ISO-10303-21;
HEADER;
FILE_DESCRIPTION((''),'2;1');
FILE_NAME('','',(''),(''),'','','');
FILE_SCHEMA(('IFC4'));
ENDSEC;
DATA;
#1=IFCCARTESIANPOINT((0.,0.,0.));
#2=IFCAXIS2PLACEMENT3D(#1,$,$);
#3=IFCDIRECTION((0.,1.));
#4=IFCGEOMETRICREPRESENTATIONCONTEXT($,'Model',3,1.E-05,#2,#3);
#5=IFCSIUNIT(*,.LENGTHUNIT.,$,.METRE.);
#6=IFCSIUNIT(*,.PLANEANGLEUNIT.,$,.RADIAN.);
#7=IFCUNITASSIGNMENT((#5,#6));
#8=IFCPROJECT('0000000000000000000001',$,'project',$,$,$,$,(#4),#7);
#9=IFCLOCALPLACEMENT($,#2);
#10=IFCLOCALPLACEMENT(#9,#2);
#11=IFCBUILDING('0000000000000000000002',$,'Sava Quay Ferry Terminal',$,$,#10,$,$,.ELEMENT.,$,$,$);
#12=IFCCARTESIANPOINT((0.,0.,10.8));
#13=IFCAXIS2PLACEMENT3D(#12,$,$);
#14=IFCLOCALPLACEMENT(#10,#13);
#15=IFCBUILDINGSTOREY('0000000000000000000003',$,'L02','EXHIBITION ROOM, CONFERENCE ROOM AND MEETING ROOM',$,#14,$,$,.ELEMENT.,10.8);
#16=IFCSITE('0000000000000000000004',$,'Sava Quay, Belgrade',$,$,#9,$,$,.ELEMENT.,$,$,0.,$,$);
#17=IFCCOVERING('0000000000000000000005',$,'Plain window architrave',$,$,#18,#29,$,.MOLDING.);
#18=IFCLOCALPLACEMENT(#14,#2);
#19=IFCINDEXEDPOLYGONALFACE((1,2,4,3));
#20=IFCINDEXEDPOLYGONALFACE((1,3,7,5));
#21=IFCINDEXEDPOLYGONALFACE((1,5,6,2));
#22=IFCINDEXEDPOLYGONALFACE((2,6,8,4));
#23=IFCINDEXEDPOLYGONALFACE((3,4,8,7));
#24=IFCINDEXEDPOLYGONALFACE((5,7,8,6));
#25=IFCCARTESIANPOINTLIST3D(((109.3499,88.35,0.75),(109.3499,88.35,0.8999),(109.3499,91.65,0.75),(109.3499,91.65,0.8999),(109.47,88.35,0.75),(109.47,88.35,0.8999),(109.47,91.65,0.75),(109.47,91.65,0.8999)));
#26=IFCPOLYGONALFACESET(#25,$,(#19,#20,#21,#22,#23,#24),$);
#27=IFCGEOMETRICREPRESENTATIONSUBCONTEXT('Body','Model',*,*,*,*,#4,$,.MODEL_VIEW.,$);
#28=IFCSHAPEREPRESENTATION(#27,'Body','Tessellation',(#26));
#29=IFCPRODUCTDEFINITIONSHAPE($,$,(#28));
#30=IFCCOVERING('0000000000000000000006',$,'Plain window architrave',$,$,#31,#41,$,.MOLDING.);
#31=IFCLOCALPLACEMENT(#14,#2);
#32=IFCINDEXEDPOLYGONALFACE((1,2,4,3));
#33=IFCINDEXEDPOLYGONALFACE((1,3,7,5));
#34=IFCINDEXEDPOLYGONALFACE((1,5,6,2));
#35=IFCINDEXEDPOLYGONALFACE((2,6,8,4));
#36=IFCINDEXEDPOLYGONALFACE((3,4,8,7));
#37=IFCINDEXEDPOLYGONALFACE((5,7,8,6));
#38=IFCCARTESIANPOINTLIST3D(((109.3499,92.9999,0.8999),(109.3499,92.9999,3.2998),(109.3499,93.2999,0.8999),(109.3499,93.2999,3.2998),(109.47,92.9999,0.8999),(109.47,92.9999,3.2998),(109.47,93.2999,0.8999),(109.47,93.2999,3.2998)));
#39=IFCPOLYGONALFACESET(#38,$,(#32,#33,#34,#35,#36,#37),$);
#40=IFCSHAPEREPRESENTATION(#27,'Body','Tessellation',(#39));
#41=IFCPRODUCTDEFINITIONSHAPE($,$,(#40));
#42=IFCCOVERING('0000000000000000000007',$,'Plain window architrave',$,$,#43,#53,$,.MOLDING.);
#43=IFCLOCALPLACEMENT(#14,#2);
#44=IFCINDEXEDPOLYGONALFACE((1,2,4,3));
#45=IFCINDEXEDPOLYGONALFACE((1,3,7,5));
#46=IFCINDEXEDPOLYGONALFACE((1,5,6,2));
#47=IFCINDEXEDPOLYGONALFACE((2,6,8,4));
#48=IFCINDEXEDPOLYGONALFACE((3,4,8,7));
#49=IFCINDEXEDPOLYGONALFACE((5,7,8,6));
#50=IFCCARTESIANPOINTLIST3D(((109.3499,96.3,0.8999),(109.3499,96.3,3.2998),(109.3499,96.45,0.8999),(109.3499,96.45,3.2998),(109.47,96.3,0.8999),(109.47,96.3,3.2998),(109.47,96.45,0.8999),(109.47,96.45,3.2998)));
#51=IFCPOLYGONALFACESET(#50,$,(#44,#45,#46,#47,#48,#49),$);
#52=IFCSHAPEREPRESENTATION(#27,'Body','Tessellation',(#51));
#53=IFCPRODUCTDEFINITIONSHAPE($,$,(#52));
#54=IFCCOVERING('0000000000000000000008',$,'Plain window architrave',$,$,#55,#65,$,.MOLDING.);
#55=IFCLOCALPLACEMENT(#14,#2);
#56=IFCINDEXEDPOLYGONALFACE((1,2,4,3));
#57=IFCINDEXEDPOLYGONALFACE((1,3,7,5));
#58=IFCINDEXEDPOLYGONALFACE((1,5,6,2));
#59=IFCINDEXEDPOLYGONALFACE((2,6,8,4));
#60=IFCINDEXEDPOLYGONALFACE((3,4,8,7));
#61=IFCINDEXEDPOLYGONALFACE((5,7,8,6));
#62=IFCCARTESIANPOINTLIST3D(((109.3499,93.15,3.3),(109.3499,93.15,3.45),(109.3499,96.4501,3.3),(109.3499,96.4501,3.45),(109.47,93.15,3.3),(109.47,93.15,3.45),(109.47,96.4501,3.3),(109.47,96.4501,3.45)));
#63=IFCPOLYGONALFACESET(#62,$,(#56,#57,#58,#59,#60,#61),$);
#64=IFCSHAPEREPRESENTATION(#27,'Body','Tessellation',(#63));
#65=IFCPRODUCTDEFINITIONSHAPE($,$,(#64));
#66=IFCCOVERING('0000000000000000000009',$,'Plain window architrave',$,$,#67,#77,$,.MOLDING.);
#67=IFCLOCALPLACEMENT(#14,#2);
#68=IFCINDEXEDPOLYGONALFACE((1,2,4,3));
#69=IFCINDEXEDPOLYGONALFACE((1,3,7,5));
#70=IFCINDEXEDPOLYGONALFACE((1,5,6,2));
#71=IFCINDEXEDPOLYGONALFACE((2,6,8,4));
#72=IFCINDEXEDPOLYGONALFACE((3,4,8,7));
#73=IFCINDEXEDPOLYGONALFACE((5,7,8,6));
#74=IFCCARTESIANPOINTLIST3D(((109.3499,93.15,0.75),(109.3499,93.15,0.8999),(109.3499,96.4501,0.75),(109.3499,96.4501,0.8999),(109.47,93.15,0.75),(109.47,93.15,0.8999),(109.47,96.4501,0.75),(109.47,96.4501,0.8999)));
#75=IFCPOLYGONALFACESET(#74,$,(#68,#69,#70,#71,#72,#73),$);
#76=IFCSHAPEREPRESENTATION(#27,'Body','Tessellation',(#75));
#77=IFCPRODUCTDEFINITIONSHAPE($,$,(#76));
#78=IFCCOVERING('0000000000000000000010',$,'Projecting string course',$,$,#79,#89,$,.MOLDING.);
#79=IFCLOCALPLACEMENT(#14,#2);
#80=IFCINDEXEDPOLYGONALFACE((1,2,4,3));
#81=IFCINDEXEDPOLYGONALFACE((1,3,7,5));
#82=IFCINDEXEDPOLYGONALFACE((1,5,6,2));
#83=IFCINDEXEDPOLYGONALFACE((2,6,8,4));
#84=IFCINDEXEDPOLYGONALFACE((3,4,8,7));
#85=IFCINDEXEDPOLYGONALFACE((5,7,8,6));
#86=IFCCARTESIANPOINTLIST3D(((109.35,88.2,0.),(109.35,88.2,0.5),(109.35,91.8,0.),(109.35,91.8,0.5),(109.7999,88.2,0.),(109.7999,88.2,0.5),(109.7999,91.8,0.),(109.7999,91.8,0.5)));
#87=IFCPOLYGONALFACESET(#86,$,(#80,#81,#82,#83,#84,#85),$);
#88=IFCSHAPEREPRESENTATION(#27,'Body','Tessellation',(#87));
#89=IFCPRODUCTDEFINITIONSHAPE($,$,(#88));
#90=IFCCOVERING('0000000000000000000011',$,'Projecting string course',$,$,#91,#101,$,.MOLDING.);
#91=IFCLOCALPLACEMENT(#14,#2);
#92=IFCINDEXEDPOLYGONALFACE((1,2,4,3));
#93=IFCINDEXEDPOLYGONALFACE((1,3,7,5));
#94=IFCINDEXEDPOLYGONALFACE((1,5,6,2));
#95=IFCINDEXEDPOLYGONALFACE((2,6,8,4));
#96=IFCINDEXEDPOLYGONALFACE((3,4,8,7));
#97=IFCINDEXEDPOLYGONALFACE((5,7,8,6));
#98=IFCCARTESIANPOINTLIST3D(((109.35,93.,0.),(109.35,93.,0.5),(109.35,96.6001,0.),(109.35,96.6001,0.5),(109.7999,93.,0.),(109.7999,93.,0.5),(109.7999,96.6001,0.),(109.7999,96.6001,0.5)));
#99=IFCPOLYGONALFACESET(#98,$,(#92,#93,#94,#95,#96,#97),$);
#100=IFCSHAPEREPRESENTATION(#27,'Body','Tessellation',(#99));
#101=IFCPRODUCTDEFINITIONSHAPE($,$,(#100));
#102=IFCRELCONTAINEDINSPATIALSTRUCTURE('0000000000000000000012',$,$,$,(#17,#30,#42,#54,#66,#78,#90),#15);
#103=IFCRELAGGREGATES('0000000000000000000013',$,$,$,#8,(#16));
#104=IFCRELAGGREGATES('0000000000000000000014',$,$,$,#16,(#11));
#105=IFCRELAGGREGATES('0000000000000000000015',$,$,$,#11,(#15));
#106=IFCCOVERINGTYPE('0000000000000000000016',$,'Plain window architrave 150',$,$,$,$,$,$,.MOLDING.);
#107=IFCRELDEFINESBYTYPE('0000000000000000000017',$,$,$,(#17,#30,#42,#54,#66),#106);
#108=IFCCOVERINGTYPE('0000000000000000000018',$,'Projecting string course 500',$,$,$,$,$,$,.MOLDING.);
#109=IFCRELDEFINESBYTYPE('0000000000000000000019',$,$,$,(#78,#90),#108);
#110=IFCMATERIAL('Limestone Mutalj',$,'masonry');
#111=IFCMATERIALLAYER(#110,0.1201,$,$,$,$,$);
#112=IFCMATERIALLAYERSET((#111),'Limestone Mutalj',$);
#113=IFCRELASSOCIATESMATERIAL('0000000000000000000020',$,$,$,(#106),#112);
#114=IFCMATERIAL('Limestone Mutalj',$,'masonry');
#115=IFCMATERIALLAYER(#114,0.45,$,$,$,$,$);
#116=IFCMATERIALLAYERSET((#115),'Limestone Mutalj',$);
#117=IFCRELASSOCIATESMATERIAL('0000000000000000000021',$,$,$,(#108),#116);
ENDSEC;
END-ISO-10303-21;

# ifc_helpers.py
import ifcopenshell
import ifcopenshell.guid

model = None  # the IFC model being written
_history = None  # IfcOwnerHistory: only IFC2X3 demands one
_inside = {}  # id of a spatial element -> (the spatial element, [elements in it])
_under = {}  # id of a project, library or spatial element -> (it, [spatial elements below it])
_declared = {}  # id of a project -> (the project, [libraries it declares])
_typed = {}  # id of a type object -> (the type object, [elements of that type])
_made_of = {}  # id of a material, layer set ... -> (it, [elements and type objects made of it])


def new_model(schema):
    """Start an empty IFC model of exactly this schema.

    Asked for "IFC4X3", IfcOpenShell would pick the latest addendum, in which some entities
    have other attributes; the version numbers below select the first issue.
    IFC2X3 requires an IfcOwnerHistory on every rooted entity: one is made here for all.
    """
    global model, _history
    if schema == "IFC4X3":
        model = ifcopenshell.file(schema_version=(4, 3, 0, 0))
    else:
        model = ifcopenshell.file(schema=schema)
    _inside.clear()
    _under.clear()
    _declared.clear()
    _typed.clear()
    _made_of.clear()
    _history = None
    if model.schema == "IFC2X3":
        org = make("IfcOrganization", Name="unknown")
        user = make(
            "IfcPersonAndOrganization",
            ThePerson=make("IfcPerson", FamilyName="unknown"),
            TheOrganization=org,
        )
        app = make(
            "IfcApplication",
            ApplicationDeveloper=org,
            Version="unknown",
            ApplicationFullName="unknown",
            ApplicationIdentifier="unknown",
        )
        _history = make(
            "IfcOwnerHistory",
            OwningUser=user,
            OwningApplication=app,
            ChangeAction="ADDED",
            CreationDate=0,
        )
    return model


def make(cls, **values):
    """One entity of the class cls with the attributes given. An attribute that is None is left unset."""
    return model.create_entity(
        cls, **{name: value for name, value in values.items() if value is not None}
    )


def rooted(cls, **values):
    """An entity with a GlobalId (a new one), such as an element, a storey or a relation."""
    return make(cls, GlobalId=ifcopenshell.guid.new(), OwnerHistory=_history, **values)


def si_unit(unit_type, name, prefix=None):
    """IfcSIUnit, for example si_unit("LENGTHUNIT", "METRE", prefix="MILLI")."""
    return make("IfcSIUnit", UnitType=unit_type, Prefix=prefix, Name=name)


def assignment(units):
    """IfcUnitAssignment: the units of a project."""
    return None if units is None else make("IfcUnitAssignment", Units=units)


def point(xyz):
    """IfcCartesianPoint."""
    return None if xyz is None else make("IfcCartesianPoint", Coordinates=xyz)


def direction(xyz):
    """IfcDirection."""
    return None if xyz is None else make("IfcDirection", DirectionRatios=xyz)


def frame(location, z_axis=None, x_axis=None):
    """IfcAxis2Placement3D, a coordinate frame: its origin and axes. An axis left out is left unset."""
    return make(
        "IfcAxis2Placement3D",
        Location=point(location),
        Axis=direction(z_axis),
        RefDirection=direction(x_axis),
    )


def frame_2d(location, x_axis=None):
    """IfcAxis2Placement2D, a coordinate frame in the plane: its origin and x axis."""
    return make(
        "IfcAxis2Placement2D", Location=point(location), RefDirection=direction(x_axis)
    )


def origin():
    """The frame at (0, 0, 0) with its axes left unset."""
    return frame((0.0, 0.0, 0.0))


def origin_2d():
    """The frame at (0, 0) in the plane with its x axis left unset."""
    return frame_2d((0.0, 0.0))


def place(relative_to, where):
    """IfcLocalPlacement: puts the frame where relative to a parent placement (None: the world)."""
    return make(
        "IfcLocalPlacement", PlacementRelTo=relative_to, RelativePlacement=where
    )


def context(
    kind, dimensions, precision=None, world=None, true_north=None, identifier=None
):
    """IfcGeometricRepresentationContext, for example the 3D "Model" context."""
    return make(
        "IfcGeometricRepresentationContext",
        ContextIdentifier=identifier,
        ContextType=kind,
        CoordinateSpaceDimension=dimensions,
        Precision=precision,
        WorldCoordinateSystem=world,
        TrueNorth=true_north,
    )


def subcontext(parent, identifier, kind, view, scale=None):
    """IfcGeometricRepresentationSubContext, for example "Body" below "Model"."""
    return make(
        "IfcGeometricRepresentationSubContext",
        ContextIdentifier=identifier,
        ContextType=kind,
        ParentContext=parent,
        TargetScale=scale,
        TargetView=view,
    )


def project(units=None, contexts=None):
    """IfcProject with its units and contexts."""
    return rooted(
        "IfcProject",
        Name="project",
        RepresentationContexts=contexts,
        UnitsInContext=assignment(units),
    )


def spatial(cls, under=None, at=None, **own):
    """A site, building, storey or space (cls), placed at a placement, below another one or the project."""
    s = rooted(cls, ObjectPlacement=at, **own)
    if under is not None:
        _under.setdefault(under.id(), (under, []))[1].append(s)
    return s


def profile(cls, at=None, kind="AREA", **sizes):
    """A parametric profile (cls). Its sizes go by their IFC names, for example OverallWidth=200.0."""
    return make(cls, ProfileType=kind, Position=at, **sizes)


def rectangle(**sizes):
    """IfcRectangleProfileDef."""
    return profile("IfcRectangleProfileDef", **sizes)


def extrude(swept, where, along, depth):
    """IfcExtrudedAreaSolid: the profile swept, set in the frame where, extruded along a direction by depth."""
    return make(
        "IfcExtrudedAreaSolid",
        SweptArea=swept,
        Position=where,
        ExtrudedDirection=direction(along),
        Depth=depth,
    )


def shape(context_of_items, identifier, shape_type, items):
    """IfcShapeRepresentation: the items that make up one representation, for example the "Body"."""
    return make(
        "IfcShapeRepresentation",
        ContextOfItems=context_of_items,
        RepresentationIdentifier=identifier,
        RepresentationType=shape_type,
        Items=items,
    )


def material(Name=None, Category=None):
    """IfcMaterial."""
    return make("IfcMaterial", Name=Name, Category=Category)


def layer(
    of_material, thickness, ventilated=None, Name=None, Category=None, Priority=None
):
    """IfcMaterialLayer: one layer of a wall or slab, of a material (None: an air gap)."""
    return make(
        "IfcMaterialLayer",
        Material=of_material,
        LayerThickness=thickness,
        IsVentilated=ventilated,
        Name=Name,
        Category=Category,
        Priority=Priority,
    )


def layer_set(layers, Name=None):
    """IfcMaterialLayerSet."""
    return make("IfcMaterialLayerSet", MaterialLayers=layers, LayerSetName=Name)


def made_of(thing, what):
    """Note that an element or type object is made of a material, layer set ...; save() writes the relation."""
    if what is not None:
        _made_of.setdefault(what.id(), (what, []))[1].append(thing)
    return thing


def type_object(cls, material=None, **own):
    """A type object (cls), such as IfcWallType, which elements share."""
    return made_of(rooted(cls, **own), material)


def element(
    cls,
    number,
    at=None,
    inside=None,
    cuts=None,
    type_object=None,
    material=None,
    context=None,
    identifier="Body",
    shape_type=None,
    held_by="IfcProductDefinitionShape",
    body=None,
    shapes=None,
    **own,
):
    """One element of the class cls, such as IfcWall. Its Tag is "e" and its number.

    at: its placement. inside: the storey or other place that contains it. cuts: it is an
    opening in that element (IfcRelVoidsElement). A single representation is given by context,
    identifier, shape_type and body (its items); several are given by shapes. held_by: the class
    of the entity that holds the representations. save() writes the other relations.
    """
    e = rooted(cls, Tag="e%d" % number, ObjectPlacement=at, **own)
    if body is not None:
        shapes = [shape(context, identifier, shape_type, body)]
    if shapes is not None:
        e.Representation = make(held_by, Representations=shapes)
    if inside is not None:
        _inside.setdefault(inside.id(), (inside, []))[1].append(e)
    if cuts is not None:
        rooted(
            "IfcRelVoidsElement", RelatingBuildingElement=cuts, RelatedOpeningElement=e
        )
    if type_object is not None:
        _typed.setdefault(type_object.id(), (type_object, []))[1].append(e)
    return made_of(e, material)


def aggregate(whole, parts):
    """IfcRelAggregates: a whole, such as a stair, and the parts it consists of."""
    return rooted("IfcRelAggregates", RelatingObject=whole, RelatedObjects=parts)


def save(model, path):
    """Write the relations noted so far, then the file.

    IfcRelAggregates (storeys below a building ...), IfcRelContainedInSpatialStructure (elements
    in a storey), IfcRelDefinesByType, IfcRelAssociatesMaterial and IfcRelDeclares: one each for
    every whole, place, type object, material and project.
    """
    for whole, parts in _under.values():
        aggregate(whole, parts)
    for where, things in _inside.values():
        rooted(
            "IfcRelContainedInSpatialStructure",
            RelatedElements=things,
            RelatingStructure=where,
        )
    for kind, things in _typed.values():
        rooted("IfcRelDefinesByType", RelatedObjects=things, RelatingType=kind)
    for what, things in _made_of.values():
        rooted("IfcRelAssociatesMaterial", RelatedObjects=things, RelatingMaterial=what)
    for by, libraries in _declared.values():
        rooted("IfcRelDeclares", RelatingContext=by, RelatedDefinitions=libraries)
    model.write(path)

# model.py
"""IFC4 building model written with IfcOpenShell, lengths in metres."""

from ifc_helpers import new_model, si_unit, direction, frame, origin, origin_2d, place, context, subcontext, project, spatial, rectangle, extrude, material, layer, layer_set, type_object, element, save


model = new_model("IFC4")

# Units and contexts
model_context = context("Model", 3, precision=1e-05, world=origin(), true_north=direction((0.0, 1.0)))
body_context = subcontext(model_context, "Body", "Model", "MODEL_VIEW")
ifc_project = project(units=[si_unit("LENGTHUNIT", "METRE"), si_unit("PLANEANGLEUNIT", "RADIAN")], contexts=[model_context])

# Site, building, storey
site_placement = place(None, origin())
site = spatial("IfcSite", under=ifc_project, at=site_placement, Name="Sava Quay, Belgrade", CompositionType="ELEMENT", RefElevation=0.0)
building_placement = place(site_placement, origin())
building = spatial("IfcBuilding", under=site, at=building_placement, Name="Sava Quay Ferry Terminal", CompositionType="ELEMENT")
storey_placement = place(building_placement, frame((0.0, 0.0, 10.8)))
storey = spatial("IfcBuildingStorey", under=building, at=storey_placement, Name="L02", Description="EXHIBITION ROOM, CONFERENCE ROOM AND MEETING ROOM", CompositionType="ELEMENT", Elevation=10.8)

# Coverings
ifc_material_1 = material(Name="Limestone Mutalj", Category="masonry")
ifc_layer_1 = layer(ifc_material_1, 0.1201)
ifc_layer_set_1 = layer_set([ifc_layer_1], Name="Limestone Mutalj")
covering_type_1 = type_object("IfcCoveringType", Name="Plain window architrave 150", PredefinedType="MOLDING", material=ifc_layer_set_1)
for number, where, z_axis, x_axis, name in (
    (1, (109.4099, 90.0, 0.75), (0.0, 0.0, 1.0), (1.0, 0.0, 0.0), "Plain window architrave"),
):
    element("IfcCovering", number, at=place(storey_placement, frame(where, z_axis=z_axis, x_axis=x_axis)), inside=storey, type_object=covering_type_1, Name=name, PredefinedType="MOLDING", context=body_context, shape_type="SweptSolid", body=[
        extrude(rectangle(XDim=0.1201, YDim=3.3, at=origin_2d()), origin(), (0.0, 0.0, 1.0), 0.1499),
    ])
covering_1_placement = place(storey_placement, frame((109.4099, 93.1499, 0.8999), z_axis=(0.0, 0.0, 1.0), x_axis=(1.0, 0.0, 0.0)))
element("IfcCovering", 2, at=covering_1_placement, inside=storey, type_object=covering_type_1, Name="Plain window architrave", PredefinedType="MOLDING", context=body_context, shape_type="SweptSolid", body=[
    extrude(rectangle(XDim=0.1201, YDim=0.3, at=origin_2d()), origin(), (0.0, 0.0, 1.0), 2.3999),
])
covering_2_placement = place(storey_placement, frame((109.4099, 96.375, 0.8999), z_axis=(0.0, 0.0, 1.0), x_axis=(1.0, 0.0, 0.0)))
element("IfcCovering", 3, at=covering_2_placement, inside=storey, type_object=covering_type_1, Name="Plain window architrave", PredefinedType="MOLDING", context=body_context, shape_type="SweptSolid", body=[
    extrude(rectangle(XDim=0.1201, YDim=0.1499, at=origin_2d()), origin(), (0.0, 0.0, 1.0), 2.3999),
])
for number, where, z_axis, x_axis, name in (
    (4, (109.4099, 94.8, 3.3), (0.0, 0.0, 1.0), (1.0, 0.0, 0.0), "Plain window architrave"),
    (5, (109.4099, 94.8, 0.75), (0.0, 0.0, 1.0), (1.0, 0.0, 0.0), "Plain window architrave"),
):
    element("IfcCovering", number, at=place(storey_placement, frame(where, z_axis=z_axis, x_axis=x_axis)), inside=storey, type_object=covering_type_1, Name=name, PredefinedType="MOLDING", context=body_context, shape_type="SweptSolid", body=[
        extrude(rectangle(XDim=0.1201, YDim=3.3, at=origin_2d()), origin(), (0.0, 0.0, 1.0), 0.1499),
    ])
ifc_material_2 = material(Name="Limestone Mutalj", Category="masonry")
ifc_layer_2 = layer(ifc_material_2, 0.45)
ifc_layer_set_2 = layer_set([ifc_layer_2], Name="Limestone Mutalj")
covering_type_2 = type_object("IfcCoveringType", Name="Projecting string course 500", PredefinedType="MOLDING", material=ifc_layer_set_2)
for number, where, z_axis, x_axis, name in (
    (6, (109.575, 90.0, 0.0), (0.0, 0.0, 1.0), (1.0, 0.0, 0.0), "Projecting string course"),
    (7, (109.575, 94.8, 0.0), (0.0, 0.0, 1.0), (1.0, 0.0, 0.0), "Projecting string course"),
):
    element("IfcCovering", number, at=place(storey_placement, frame(where, z_axis=z_axis, x_axis=x_axis)), inside=storey, type_object=covering_type_2, Name=name, PredefinedType="MOLDING", context=body_context, shape_type="SweptSolid", body=[
        extrude(rectangle(XDim=0.45, YDim=3.6001, at=origin_2d()), origin(), (0.0, 0.0, 1.0), 0.5),
    ])

save(model, "model.ifc")
